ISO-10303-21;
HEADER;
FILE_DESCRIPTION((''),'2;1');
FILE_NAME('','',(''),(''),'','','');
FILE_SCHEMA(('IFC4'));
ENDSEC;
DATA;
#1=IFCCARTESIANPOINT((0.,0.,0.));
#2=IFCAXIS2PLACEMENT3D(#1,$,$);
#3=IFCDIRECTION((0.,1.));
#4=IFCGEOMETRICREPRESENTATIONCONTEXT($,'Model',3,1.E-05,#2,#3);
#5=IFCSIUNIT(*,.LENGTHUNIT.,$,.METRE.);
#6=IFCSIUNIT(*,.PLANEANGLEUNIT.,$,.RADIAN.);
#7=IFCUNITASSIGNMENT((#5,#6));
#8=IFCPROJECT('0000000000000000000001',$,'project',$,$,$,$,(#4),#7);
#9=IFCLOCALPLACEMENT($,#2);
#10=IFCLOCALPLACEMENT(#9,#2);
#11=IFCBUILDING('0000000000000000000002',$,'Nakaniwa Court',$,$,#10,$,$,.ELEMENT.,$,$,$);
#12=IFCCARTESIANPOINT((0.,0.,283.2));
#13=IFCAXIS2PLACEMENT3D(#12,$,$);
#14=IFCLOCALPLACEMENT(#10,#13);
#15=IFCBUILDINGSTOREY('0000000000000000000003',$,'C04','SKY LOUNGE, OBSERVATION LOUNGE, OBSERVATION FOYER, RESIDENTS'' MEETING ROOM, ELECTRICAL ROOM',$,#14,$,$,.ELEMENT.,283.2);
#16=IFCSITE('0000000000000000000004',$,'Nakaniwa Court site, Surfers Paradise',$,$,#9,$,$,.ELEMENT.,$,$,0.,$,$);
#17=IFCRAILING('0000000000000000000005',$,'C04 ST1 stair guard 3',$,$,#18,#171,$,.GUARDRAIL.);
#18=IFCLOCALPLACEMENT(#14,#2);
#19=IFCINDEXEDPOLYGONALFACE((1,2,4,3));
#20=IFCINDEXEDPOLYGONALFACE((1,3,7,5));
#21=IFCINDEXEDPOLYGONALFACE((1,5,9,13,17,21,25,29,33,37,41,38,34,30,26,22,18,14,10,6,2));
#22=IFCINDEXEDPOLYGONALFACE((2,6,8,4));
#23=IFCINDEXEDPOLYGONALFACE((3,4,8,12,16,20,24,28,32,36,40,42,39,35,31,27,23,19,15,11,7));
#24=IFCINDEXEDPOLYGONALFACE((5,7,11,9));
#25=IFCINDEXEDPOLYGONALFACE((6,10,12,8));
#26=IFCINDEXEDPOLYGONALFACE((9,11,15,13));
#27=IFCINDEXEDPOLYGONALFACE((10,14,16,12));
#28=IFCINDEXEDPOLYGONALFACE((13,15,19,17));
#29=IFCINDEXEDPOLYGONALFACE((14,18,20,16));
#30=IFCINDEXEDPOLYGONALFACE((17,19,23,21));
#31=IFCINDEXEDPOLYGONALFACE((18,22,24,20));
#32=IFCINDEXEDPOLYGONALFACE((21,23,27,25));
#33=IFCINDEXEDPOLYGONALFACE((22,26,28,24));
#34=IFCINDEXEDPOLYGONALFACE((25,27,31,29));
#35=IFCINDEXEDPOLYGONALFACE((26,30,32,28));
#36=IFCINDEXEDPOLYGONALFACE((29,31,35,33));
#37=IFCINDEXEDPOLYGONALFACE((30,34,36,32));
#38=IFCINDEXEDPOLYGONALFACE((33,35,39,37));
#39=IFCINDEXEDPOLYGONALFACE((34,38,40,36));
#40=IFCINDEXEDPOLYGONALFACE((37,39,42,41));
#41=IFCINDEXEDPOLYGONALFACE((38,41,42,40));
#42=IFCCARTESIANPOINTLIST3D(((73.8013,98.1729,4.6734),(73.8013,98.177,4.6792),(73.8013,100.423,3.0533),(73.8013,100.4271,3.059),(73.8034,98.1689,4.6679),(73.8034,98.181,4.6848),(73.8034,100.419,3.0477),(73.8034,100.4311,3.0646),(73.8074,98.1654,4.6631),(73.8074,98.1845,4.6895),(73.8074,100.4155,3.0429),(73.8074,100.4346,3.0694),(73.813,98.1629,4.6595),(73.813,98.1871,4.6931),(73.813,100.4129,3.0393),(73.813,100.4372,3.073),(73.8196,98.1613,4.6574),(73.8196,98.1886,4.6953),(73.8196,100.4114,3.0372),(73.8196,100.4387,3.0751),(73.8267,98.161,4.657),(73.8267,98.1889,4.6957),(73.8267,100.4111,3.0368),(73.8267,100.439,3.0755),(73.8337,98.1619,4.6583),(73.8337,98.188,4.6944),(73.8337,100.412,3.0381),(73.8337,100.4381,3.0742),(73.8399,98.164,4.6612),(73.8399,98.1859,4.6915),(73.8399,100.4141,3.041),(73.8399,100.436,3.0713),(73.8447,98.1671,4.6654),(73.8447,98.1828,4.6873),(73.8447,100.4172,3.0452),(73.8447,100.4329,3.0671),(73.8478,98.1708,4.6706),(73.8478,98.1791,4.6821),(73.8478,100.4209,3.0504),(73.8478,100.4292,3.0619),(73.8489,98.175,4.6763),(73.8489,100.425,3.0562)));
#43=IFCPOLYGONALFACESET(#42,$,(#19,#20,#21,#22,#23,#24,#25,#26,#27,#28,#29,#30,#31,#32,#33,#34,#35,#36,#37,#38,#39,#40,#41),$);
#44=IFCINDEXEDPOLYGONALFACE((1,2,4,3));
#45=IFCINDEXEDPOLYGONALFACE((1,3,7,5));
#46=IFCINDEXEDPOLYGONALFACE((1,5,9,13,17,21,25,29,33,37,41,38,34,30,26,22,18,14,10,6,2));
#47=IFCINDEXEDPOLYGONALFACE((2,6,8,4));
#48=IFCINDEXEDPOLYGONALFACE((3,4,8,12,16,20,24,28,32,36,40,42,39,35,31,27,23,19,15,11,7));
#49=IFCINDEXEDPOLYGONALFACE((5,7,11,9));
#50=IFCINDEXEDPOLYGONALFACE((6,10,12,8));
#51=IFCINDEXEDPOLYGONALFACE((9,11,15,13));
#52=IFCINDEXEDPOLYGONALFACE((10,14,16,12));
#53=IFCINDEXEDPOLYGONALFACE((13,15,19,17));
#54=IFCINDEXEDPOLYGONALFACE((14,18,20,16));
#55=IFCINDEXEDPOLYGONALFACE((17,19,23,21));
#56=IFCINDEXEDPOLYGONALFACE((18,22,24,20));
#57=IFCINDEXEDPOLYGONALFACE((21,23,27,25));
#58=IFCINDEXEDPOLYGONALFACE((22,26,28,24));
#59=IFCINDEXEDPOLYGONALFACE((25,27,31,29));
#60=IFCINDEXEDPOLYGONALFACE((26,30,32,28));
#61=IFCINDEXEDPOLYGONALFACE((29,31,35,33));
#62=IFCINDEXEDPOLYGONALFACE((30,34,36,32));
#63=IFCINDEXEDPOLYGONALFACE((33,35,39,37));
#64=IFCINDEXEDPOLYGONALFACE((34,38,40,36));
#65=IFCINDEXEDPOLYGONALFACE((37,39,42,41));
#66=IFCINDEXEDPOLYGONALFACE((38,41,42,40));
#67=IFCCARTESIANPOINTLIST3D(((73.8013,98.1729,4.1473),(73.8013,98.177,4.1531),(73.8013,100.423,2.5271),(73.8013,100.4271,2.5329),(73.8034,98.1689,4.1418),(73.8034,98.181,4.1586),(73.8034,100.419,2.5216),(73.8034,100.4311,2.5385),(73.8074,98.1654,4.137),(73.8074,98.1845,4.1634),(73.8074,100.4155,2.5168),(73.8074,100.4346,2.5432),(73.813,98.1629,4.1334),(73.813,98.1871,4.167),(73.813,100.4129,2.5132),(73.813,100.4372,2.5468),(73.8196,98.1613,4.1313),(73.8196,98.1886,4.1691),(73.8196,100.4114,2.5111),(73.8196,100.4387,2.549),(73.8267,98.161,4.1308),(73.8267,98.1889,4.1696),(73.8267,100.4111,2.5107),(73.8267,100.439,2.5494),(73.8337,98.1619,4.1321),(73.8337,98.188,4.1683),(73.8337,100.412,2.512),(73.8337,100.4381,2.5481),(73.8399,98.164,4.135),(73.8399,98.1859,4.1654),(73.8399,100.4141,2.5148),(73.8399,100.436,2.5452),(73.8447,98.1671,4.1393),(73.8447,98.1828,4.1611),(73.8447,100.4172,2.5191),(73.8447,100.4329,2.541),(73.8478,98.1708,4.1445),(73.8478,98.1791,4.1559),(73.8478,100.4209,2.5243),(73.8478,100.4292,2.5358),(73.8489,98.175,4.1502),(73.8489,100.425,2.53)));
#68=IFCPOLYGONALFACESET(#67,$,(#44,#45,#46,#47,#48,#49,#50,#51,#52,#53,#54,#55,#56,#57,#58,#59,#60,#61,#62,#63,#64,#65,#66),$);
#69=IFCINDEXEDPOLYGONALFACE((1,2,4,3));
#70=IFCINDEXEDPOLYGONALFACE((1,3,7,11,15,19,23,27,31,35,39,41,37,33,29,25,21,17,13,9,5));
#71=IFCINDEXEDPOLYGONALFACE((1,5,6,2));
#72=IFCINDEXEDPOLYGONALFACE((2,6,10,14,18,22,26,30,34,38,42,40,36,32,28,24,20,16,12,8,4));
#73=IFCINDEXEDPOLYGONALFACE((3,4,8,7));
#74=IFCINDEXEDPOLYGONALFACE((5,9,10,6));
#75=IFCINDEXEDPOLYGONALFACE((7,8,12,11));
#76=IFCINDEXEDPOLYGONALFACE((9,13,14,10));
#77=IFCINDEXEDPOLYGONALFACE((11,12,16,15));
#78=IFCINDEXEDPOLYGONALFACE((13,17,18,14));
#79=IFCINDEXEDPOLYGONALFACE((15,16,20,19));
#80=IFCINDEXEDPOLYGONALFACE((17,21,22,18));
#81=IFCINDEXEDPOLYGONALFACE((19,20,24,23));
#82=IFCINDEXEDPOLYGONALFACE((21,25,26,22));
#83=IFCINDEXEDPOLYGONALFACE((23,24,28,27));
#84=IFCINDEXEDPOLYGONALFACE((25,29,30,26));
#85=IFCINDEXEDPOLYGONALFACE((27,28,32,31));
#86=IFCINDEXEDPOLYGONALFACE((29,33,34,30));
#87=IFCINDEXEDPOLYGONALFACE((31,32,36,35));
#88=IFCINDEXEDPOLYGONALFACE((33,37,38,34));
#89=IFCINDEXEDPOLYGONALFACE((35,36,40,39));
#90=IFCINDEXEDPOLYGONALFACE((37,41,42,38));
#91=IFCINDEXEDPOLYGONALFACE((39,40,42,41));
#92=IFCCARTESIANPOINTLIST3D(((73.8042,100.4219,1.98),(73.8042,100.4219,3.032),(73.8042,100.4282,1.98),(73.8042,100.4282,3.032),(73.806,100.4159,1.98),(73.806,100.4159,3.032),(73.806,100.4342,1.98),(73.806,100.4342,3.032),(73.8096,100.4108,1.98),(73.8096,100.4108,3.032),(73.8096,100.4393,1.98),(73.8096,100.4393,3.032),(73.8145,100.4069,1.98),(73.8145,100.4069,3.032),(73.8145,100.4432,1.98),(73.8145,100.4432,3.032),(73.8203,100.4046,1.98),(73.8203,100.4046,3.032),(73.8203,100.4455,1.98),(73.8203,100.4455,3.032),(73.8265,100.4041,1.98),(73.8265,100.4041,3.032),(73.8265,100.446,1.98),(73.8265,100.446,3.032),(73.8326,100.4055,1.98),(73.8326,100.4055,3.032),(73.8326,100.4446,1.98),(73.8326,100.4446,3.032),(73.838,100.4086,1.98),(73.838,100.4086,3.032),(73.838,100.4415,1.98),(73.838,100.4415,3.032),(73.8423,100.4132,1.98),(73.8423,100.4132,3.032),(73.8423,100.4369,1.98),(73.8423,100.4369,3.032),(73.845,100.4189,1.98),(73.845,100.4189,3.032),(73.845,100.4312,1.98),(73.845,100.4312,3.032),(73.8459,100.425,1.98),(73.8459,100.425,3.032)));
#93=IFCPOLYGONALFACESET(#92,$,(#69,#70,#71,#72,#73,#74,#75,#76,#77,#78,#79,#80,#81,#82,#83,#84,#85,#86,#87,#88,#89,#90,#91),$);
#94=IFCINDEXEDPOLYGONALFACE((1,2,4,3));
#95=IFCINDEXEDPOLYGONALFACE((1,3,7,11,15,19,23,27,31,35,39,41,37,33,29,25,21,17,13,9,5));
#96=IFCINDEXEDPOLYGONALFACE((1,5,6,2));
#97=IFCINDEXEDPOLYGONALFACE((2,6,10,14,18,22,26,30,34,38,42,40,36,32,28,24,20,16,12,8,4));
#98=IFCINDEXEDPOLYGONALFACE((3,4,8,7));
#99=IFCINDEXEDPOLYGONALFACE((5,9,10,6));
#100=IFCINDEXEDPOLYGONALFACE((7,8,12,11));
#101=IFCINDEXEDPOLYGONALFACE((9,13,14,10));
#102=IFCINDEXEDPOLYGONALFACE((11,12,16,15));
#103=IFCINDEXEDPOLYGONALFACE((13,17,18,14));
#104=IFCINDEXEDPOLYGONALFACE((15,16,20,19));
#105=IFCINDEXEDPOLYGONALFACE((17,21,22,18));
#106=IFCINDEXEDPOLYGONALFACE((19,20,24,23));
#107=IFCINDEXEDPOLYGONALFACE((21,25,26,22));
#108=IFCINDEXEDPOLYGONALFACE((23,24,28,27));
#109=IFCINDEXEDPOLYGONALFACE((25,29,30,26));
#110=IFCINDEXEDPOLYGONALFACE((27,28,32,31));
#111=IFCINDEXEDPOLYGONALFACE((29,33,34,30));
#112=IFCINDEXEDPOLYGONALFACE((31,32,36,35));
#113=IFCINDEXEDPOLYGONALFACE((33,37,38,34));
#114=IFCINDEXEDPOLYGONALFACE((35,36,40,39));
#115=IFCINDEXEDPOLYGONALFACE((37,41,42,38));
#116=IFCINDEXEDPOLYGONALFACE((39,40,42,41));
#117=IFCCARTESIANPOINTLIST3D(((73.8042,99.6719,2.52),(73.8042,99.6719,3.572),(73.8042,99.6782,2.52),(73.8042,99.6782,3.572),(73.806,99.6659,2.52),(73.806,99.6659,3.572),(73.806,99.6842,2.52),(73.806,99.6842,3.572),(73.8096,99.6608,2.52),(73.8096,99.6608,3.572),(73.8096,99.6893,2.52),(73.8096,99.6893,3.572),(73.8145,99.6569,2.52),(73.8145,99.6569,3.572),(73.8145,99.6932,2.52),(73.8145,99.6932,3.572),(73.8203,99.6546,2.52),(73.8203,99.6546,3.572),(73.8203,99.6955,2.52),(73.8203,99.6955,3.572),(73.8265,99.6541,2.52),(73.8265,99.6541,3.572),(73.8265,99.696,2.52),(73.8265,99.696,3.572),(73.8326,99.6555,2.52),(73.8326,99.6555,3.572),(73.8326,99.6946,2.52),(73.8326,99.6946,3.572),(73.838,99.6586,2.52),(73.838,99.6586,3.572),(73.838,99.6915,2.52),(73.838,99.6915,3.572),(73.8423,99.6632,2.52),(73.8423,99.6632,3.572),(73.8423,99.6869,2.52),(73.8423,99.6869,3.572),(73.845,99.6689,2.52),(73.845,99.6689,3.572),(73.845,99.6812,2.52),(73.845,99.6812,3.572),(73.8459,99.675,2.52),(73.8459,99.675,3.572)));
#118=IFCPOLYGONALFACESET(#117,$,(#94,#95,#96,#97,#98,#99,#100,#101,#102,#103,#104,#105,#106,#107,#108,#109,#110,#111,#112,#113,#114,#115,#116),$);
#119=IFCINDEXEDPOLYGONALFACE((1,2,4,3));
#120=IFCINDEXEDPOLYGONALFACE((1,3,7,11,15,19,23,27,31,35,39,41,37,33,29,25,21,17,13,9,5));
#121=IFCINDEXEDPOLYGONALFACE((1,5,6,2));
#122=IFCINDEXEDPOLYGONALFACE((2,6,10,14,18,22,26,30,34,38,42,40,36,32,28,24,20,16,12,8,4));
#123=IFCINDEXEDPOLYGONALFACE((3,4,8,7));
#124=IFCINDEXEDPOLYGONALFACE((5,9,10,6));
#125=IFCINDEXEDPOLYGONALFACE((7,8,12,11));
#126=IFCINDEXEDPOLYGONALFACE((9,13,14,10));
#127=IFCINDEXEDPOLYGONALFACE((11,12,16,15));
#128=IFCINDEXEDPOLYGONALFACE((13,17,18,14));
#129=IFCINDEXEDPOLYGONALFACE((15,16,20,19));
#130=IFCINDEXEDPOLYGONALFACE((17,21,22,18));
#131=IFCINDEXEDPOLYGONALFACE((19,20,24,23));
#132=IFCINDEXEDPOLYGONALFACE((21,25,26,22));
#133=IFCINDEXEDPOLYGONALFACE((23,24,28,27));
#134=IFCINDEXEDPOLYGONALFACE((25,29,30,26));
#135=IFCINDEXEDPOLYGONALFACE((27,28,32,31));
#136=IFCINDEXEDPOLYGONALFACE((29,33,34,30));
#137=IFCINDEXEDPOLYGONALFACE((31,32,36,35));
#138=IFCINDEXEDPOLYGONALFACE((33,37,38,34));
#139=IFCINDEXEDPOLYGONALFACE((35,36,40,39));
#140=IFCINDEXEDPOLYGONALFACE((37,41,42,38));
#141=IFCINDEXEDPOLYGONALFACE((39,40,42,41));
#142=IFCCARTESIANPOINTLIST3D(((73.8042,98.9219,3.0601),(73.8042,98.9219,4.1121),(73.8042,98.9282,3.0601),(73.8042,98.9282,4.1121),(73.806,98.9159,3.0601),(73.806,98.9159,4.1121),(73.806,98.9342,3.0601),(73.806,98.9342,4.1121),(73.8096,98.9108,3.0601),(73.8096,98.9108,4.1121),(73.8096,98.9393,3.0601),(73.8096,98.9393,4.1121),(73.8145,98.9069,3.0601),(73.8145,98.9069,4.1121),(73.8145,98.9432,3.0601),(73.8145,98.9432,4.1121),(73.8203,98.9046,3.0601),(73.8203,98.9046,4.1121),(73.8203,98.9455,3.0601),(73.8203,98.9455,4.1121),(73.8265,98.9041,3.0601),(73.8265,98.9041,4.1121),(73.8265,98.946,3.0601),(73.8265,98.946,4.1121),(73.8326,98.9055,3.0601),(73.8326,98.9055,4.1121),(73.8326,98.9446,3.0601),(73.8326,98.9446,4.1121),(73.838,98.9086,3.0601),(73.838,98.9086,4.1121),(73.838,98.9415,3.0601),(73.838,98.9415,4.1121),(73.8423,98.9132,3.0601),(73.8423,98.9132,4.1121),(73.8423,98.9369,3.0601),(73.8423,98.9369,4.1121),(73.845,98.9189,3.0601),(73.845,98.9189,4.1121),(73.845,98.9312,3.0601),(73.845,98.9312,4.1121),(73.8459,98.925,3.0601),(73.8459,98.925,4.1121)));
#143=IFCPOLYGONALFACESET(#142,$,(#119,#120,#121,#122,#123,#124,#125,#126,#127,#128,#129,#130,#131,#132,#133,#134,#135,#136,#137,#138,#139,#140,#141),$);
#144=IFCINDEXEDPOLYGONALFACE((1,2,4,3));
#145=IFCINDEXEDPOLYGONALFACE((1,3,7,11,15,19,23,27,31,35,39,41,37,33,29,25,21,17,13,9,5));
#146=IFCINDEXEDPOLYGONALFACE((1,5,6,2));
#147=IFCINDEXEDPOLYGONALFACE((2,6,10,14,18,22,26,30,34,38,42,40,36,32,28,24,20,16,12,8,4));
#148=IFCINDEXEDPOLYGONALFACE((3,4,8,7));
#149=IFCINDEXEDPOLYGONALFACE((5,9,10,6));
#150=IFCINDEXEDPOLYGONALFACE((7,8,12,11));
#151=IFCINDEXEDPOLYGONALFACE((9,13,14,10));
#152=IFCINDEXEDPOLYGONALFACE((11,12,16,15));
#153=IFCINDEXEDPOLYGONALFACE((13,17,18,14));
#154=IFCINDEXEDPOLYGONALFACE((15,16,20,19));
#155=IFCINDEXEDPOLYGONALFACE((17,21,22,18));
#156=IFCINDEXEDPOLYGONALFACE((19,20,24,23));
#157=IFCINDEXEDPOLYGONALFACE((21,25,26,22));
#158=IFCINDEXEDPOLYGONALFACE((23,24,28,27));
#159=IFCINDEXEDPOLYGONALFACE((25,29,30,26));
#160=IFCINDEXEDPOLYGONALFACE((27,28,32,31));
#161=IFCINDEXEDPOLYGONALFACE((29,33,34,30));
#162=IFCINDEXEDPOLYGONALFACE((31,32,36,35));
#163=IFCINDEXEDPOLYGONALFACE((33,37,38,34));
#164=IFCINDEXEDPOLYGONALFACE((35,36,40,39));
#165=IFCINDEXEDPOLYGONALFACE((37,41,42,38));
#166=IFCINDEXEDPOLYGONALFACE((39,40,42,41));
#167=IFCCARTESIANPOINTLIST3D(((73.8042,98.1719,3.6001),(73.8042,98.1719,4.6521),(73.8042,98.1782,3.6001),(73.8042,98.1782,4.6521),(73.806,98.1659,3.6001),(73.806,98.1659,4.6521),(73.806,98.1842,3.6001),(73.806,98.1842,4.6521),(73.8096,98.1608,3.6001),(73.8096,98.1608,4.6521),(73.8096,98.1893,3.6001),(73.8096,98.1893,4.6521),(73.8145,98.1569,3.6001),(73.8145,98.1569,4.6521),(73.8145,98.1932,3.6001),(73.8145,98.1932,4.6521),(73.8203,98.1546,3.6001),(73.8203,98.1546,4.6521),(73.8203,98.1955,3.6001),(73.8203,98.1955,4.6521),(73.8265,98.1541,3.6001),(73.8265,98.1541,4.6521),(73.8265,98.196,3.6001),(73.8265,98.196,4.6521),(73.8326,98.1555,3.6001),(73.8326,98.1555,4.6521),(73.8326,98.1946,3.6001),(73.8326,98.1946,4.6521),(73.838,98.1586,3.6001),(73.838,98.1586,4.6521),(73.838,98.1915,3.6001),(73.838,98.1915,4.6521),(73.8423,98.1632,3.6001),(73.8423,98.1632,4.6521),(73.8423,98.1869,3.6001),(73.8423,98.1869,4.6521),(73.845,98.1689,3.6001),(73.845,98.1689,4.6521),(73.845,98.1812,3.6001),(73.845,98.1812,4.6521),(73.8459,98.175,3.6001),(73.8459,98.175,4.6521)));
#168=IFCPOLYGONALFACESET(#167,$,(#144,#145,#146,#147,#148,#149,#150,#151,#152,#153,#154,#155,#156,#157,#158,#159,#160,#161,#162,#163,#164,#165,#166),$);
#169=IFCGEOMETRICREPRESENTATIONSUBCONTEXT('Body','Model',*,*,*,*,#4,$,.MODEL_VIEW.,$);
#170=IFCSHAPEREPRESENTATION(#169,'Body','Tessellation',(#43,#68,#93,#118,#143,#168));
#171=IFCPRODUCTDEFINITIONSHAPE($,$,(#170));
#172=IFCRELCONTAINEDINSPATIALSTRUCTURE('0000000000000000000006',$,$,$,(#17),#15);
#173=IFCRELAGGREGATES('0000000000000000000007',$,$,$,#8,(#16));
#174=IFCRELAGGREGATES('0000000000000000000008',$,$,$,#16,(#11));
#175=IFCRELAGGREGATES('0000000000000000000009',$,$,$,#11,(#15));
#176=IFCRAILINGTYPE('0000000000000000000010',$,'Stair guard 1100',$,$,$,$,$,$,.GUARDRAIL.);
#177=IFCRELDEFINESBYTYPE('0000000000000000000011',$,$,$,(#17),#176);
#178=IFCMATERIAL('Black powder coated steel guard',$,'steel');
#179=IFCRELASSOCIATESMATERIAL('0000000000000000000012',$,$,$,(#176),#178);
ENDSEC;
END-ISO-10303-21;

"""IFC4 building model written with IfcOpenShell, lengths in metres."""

from ifc_helpers import new_model, si_unit, direction, frame, origin, origin_2d, place, context, subcontext, project, spatial, circle, extrude, material, type_object, element, save


model = new_model("IFC4")

# Units and contexts
model_context = context("Model", 3, precision=1e-05, world=origin(), true_north=direction((0.0, 1.0)))
body_context = subcontext(model_context, "Body", "Model", "MODEL_VIEW")
ifc_project = project(units=[si_unit("LENGTHUNIT", "METRE"), si_unit("PLANEANGLEUNIT", "RADIAN")], contexts=[model_context])

# Site, building, storey
site_placement = place(None, origin())
site = spatial("IfcSite", under=ifc_project, at=site_placement, Name="Nakaniwa Court site, Surfers Paradise", CompositionType="ELEMENT", RefElevation=0.0)
building_placement = place(site_placement, origin())
building = spatial("IfcBuilding", under=site, at=building_placement, Name="Nakaniwa Court", CompositionType="ELEMENT")
storey_placement = place(building_placement, frame((0.0, 0.0, 283.2)))
storey = spatial("IfcBuildingStorey", under=building, at=storey_placement, Name="C04", Description="SKY LOUNGE, OBSERVATION LOUNGE, OBSERVATION FOYER, RESIDENTS' MEETING ROOM, ELECTRICAL ROOM", CompositionType="ELEMENT", Elevation=283.2)

# Railing
ifc_material_1 = material(Name="Black powder coated steel guard", Category="steel")
railing_type_1 = type_object("IfcRailingType", Name="Stair guard 1100", PredefinedType="GUARDRAIL", material=ifc_material_1)
railing_1_placement = place(storey_placement, frame((73.825, 100.425, 1.98)))
element("IfcRailing", 1, at=railing_1_placement, inside=storey, type_object=railing_type_1, Name="C04 ST1 stair guard 3", PredefinedType="GUARDRAIL", context=body_context, shape_type="SweptSolid", body=[
    extrude(circle(Radius=0.0239, at=origin_2d()), frame((0.0, 0.0, 1.0762), z_axis=(0.0, -0.811514, 0.584333), x_axis=(1.0, 0.0, 0.0)), (0.0, 0.0, 1.0), 2.7727),
    extrude(circle(Radius=0.0239, at=origin_2d()), frame((0.0, 0.0, 0.55), z_axis=(0.0, -0.811514, 0.584333), x_axis=(1.0, 0.0, 0.0)), (0.0, 0.0, 1.0), 2.7727),
    extrude(circle(Radius=0.021, at=origin_2d()), origin(), (0.0, 0.0, 1.0), 1.052),
    extrude(circle(Radius=0.021, at=origin_2d()), frame((0.0, -0.75, 0.54)), (0.0, 0.0, 1.0), 1.052),
    extrude(circle(Radius=0.021, at=origin_2d()), frame((0.0, -1.5, 1.0801)), (0.0, 0.0, 1.0), 1.052),
    extrude(circle(Radius=0.021, at=origin_2d()), frame((0.0, -2.25, 1.6201)), (0.0, 0.0, 1.0), 1.052),
])

save(model, "model.ifc")
